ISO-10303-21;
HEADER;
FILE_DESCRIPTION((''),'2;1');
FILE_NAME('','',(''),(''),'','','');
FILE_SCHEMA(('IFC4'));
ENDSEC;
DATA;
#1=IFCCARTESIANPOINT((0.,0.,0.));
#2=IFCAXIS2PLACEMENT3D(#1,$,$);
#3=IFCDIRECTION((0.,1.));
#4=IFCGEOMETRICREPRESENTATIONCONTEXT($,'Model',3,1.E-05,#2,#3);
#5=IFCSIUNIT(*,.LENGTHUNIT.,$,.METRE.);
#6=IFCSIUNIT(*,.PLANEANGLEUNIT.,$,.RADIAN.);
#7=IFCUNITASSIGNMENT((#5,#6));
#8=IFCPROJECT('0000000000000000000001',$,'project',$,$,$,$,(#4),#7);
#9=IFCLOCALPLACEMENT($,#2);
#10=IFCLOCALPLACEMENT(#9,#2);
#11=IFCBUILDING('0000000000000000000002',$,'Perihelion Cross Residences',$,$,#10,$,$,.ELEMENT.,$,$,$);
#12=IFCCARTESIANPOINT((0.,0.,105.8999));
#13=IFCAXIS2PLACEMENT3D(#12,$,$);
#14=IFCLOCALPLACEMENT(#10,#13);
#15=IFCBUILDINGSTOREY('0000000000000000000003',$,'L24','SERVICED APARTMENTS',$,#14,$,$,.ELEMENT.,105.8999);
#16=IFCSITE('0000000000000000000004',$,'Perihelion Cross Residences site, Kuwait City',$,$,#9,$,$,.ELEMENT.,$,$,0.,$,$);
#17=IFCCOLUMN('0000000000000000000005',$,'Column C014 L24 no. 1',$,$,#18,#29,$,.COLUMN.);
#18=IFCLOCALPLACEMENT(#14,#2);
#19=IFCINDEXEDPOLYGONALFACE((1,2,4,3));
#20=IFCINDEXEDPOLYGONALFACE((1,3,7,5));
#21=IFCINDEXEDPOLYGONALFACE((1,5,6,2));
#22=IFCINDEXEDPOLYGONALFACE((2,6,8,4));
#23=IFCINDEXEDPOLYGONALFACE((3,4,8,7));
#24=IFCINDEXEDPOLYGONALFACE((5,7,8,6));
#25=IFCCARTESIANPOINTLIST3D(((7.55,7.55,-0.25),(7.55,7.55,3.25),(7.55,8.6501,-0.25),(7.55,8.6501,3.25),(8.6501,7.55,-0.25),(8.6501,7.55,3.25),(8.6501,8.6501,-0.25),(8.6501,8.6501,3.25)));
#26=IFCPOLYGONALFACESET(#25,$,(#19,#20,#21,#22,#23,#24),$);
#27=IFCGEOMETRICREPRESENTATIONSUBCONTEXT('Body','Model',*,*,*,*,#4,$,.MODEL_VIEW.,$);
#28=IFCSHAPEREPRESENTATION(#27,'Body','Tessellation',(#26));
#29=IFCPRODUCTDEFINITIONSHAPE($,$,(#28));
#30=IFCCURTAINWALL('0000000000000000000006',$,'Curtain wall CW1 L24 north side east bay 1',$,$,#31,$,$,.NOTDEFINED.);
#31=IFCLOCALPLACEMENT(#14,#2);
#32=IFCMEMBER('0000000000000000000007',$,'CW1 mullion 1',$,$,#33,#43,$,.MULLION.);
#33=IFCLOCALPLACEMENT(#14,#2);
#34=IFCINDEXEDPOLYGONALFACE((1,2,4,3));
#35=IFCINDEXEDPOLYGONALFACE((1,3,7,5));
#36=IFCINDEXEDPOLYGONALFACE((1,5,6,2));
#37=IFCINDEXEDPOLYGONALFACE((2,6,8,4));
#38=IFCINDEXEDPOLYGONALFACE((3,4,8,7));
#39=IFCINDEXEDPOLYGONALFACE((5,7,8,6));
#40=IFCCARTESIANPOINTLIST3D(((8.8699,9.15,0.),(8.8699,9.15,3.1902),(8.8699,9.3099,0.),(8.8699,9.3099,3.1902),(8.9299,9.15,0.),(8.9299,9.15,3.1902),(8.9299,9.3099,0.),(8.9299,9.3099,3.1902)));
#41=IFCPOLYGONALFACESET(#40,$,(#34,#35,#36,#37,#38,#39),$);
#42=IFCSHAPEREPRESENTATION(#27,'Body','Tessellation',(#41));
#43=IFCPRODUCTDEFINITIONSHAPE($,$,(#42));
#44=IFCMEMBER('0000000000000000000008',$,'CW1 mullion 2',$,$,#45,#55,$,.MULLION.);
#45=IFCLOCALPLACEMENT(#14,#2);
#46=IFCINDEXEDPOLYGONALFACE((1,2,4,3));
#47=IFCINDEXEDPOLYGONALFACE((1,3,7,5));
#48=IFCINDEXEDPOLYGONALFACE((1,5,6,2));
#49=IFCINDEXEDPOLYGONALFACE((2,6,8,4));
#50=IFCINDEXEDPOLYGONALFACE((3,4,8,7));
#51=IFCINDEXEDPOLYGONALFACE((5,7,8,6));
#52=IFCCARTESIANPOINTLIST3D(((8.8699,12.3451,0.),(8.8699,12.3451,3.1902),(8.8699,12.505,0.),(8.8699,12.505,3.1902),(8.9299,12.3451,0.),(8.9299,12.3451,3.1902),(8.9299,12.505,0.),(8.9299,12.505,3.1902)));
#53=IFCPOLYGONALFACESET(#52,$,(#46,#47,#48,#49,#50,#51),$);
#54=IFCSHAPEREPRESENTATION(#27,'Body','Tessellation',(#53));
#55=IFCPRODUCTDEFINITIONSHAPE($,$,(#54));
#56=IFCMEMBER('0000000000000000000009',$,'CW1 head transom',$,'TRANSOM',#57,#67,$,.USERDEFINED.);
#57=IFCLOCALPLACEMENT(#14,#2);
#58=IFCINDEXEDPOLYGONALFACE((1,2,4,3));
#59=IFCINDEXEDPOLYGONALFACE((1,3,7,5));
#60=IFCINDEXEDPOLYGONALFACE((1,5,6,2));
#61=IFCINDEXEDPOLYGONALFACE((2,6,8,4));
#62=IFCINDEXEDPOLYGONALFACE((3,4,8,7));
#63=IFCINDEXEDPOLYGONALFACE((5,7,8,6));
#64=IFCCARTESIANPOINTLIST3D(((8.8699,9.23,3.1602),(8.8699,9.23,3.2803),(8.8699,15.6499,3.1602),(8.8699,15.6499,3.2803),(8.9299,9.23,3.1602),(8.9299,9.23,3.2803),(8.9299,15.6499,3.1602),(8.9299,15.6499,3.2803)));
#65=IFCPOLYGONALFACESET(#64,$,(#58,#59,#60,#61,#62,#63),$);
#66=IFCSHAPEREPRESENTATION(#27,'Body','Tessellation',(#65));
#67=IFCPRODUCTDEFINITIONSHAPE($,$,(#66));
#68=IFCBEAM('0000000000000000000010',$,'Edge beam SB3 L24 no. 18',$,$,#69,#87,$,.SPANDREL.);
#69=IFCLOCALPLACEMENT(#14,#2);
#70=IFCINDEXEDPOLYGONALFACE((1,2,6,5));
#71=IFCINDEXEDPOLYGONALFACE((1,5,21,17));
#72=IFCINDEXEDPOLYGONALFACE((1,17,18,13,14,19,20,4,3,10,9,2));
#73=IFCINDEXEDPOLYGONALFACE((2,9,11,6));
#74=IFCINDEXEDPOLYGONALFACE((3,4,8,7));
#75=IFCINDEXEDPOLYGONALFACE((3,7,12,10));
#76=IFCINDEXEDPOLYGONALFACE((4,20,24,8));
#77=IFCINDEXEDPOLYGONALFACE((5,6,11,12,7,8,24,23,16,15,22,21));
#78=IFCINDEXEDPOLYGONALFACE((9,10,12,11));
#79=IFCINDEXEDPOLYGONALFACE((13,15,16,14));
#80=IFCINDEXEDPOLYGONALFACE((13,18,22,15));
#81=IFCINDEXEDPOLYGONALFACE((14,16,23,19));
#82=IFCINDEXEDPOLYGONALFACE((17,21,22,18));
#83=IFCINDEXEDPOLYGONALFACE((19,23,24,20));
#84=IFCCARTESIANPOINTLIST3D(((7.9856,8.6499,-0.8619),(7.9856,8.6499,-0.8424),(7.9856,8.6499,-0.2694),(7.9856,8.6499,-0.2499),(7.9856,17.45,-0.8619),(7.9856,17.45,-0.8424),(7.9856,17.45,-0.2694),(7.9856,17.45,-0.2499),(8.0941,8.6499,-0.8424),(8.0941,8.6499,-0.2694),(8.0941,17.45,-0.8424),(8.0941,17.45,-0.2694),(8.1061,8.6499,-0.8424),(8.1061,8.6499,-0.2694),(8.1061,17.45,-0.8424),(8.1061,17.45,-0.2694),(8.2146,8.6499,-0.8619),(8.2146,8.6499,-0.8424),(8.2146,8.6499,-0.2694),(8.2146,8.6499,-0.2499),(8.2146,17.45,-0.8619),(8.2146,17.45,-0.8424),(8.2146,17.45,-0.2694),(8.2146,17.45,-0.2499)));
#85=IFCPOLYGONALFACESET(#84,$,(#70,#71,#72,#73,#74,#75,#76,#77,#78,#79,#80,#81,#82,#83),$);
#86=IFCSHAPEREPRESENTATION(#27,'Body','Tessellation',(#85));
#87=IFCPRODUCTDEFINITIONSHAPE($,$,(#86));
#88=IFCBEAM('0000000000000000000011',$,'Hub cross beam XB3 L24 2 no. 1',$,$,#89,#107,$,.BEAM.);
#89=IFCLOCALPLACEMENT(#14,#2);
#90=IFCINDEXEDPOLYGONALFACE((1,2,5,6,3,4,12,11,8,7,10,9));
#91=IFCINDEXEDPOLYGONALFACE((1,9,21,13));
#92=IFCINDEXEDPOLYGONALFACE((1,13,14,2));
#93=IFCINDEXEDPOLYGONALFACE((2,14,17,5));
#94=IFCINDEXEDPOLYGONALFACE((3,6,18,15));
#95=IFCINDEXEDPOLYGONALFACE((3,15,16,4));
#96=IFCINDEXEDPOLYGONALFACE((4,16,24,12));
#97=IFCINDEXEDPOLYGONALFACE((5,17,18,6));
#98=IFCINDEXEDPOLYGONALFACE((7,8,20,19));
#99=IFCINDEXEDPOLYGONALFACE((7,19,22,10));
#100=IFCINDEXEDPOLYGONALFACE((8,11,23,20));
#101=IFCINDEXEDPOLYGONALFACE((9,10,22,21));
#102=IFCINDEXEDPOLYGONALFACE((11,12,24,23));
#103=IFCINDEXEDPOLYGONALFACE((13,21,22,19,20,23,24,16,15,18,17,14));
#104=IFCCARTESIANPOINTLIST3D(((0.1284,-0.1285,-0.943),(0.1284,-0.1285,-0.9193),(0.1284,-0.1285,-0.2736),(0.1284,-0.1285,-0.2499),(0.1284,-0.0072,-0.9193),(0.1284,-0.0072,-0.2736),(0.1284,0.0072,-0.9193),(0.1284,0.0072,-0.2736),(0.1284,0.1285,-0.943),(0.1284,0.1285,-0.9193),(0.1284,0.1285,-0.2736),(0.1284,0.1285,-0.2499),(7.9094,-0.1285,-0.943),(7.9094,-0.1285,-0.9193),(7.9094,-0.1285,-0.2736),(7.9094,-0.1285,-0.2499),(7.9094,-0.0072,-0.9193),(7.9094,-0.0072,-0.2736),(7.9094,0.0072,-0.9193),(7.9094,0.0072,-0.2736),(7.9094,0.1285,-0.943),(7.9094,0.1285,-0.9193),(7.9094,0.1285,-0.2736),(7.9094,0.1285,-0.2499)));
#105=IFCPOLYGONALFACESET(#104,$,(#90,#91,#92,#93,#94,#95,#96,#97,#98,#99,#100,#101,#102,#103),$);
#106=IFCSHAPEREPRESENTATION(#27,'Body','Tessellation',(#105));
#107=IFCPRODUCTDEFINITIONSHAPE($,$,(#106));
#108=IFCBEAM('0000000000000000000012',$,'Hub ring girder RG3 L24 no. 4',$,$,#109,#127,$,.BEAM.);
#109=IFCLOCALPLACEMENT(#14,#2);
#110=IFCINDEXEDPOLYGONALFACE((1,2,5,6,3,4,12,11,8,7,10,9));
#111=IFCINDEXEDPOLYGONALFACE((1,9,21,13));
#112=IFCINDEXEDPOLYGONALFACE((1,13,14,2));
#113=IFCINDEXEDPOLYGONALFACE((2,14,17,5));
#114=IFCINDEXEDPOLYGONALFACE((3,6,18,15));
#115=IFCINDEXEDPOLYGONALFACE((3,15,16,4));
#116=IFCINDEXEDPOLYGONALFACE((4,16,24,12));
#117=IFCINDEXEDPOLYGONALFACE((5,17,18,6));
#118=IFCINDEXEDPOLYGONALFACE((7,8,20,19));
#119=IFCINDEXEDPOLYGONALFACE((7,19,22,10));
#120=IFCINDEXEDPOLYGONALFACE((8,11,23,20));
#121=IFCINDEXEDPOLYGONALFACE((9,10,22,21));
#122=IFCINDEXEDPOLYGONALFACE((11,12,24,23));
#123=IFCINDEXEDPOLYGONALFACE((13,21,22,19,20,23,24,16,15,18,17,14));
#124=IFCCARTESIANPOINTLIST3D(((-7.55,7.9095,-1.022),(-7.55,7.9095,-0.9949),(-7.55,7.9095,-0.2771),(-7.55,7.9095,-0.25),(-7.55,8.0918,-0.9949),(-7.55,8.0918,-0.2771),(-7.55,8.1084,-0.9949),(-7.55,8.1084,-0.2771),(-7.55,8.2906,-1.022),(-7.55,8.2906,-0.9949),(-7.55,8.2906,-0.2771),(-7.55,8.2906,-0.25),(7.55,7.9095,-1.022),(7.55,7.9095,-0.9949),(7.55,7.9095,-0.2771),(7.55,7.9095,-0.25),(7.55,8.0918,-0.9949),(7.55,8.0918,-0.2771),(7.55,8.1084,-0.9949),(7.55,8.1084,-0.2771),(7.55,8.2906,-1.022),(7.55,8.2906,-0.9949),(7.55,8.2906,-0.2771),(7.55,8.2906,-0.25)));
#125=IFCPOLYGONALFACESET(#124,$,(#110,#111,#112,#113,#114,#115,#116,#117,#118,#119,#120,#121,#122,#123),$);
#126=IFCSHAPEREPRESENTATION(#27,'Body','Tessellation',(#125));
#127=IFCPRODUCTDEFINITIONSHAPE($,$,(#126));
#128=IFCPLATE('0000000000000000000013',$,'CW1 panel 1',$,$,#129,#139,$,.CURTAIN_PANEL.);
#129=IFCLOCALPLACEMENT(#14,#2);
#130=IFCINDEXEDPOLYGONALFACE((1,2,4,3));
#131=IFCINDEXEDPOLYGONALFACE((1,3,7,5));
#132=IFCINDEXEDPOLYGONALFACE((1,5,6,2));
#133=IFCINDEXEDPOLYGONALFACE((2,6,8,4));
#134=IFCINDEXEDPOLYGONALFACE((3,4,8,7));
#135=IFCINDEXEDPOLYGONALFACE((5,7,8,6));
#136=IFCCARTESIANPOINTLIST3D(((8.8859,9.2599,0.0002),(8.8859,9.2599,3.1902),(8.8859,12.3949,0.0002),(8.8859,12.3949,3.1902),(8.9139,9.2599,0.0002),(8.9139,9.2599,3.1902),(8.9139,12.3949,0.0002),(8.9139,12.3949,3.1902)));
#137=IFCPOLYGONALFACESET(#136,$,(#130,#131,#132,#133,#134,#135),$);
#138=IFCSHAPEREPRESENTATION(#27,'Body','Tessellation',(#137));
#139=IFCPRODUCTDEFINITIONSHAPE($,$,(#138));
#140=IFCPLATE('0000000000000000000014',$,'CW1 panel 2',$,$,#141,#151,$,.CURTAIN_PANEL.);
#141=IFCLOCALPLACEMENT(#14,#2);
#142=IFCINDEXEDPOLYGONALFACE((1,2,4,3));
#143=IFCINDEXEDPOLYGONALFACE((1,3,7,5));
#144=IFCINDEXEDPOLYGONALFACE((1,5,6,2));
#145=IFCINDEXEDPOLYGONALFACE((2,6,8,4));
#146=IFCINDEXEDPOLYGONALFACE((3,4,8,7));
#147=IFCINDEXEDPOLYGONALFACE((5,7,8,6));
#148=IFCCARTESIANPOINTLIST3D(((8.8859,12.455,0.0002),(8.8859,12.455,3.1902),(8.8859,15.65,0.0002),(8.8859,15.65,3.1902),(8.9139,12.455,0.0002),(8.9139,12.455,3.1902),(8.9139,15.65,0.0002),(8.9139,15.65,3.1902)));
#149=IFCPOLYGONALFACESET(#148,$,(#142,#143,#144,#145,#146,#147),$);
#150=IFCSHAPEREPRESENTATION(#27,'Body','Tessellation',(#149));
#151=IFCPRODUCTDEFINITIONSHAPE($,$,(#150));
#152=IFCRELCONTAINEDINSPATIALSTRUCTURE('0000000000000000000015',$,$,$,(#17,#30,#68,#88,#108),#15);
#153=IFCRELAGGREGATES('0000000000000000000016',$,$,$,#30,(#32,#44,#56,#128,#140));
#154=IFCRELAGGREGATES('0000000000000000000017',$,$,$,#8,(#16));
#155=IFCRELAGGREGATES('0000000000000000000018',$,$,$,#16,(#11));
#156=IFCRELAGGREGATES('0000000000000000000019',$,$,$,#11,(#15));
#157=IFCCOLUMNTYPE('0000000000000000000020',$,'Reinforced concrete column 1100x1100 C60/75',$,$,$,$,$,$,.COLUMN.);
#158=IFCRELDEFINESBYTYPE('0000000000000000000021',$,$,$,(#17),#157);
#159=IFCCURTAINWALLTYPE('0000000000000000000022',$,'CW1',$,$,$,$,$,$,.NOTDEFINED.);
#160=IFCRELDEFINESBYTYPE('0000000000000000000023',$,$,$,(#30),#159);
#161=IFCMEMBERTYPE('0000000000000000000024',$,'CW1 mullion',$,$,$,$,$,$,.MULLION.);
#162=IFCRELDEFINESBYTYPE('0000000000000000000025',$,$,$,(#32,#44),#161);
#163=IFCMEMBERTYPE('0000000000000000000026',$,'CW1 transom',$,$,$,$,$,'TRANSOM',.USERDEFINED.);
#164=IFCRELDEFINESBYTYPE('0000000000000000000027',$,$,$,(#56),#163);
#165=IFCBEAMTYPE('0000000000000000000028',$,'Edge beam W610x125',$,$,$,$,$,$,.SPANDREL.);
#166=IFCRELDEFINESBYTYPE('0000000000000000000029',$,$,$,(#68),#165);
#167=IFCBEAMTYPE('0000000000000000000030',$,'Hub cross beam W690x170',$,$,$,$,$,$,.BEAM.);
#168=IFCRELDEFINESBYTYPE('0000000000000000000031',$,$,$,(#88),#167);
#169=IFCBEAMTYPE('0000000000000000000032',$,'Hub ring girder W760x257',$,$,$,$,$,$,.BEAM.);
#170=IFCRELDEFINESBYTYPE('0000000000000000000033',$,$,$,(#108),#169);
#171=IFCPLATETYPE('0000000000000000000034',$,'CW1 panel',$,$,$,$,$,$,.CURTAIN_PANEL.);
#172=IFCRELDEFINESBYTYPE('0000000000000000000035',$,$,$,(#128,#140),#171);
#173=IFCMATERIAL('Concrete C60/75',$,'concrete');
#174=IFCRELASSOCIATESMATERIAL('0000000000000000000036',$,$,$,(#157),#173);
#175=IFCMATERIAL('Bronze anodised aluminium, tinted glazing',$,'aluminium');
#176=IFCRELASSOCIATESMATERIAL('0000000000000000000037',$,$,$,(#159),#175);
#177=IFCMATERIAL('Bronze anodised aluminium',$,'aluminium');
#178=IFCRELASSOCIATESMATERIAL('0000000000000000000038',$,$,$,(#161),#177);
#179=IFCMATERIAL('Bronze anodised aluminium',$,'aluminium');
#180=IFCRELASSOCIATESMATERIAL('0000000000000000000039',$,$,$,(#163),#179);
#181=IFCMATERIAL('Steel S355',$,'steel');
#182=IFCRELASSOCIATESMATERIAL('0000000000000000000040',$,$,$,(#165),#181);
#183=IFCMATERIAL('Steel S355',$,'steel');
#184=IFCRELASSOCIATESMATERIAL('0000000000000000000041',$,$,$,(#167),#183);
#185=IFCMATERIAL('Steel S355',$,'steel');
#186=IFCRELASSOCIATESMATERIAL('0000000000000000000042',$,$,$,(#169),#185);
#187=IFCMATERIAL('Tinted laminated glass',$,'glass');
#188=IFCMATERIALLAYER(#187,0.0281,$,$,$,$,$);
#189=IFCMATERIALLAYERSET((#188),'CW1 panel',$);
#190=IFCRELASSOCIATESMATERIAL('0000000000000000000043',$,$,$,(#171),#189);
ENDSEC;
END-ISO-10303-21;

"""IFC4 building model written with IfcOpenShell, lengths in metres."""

from ifc_helpers import new_model, si_unit, direction, frame, origin, origin_2d, place, context, subcontext, project, spatial, rectangle, i_section, extrude, material, layer, layer_set, material_profile, profile_set, type_object, element, aggregate, save


model = new_model("IFC4")

# Units and contexts
model_context = context("Model", 3, precision=1e-05, world=origin(), true_north=direction((0.0, 1.0)))
body_context = subcontext(model_context, "Body", "Model", "MODEL_VIEW")
ifc_project = project(units=[si_unit("LENGTHUNIT", "METRE"), si_unit("PLANEANGLEUNIT", "RADIAN")], contexts=[model_context])

# Site, building, storey
site_placement = place(None, origin())
site = spatial("IfcSite", under=ifc_project, at=site_placement, Name="Perihelion Cross Residences site, Kuwait City", CompositionType="ELEMENT", RefElevation=0.0)
building_placement = place(site_placement, origin())
building = spatial("IfcBuilding", under=site, at=building_placement, Name="Perihelion Cross Residences", CompositionType="ELEMENT")
storey_placement = place(building_placement, frame((0.0, 0.0, 105.8999)))
storey = spatial("IfcBuildingStorey", under=building, at=storey_placement, Name="L24", Description="SERVICED APARTMENTS", CompositionType="ELEMENT", Elevation=105.8999)

# Column
ifc_material_1 = material(Name="Concrete C60/75", Category="concrete")
ifc_material_profile_1 = material_profile(ifc_material_1, rectangle(XDim=1.1001, YDim=1.1001, at=origin_2d()), Name="RC 1100x1100")
ifc_profile_set_1 = profile_set([ifc_material_profile_1], Name="Concrete C60/75")
column_type = type_object("IfcColumnType", Name="Reinforced concrete column 1100x1100 C60/75", PredefinedType="COLUMN", material=ifc_profile_set_1)
column_placement = place(storey_placement, frame((8.1001, 8.1001, -0.25), z_axis=(0.0, 0.0, 1.0), x_axis=(1.0, 0.0, 0.0)))
element("IfcColumn", 1, at=column_placement, inside=storey, type_object=column_type, Name="Column C014 L24 no. 1", PredefinedType="COLUMN", context=body_context, shape_type="SweptSolid", body=[
    extrude(rectangle(XDim=1.1001, YDim=1.1001, at=origin_2d()), origin(), (0.0, 0.0, 1.0), 3.5),
])

# Curtain wall, members
ifc_material_2 = material(Name="Bronze anodised aluminium, tinted glazing", Category="aluminium")
curtain_wall_type = type_object("IfcCurtainWallType", Name="CW1", PredefinedType="NOTDEFINED", material=ifc_material_2)
curtain_wall_placement = place(storey_placement, origin())
curtain_wall = element("IfcCurtainWall", 2, at=curtain_wall_placement, inside=storey, type_object=curtain_wall_type, Name="Curtain wall CW1 L24 north side east bay 1", PredefinedType="NOTDEFINED")
ifc_material_3 = material(Name="Bronze anodised aluminium", Category="aluminium")
ifc_material_profile_2 = material_profile(ifc_material_3, rectangle(XDim=0.0601, YDim=0.1599, at=origin_2d()), Name="CW1 mullion")
ifc_profile_set_2 = profile_set([ifc_material_profile_2], Name="Bronze anodised aluminium")
member_type_1 = type_object("IfcMemberType", Name="CW1 mullion", PredefinedType="MULLION", material=ifc_profile_set_2)
member_1_placement = place(storey_placement, frame((8.8999, 9.23, 0.0), z_axis=(0.0, 0.0, 1.0), x_axis=(-1.0, 0.0, 0.0)))
member_1 = element("IfcMember", 3, at=member_1_placement, type_object=member_type_1, Name="CW1 mullion 1", PredefinedType="MULLION", context=body_context, shape_type="SweptSolid", body=[
    extrude(rectangle(XDim=0.0601, YDim=0.1599, at=origin_2d()), origin(), (0.0, 0.0, 1.0), 3.1902),
])
member_2_placement = place(storey_placement, frame((8.8999, 12.425, 0.0), z_axis=(0.0, 0.0, 1.0), x_axis=(-1.0, 0.0, 0.0)))
member_2 = element("IfcMember", 4, at=member_2_placement, type_object=member_type_1, Name="CW1 mullion 2", PredefinedType="MULLION", context=body_context, shape_type="SweptSolid", body=[
    extrude(rectangle(XDim=0.0601, YDim=0.1599, at=origin_2d()), origin(), (0.0, 0.0, 1.0), 3.1902),
])
ifc_material_4 = material(Name="Bronze anodised aluminium", Category="aluminium")
ifc_material_profile_3 = material_profile(ifc_material_4, rectangle(XDim=0.0601, YDim=0.1201, at=origin_2d()), Name="CW1 transom")
ifc_profile_set_3 = profile_set([ifc_material_profile_3], Name="Bronze anodised aluminium")
member_type_2 = type_object("IfcMemberType", Name="CW1 transom", ElementType="TRANSOM", PredefinedType="USERDEFINED", material=ifc_profile_set_3)
member_3_placement = place(storey_placement, frame((8.8999, 9.23, 3.2202), z_axis=(0.0, 1.0, 0.0), x_axis=(-1.0, 0.0, 0.0)))
member_3 = element("IfcMember", 5, at=member_3_placement, type_object=member_type_2, Name="CW1 head transom", ObjectType="TRANSOM", PredefinedType="USERDEFINED", context=body_context, shape_type="SweptSolid", body=[
    extrude(rectangle(XDim=0.0601, YDim=0.1201, at=origin_2d()), origin(), (0.0, 0.0, 1.0), 6.4199),
])

# Beams
ifc_material_5 = material(Name="Steel S355", Category="steel")
ifc_material_profile_4 = material_profile(ifc_material_5, i_section(OverallWidth=0.229, OverallDepth=0.6121, WebThickness=0.012, FlangeThickness=0.0195, at=origin_2d()), Name="W610x125")
ifc_profile_set_4 = profile_set([ifc_material_profile_4], Name="Steel S355")
beam_type_1 = type_object("IfcBeamType", Name="Edge beam W610x125", PredefinedType="SPANDREL", material=ifc_profile_set_4)
beam_1_placement = place(storey_placement, frame((8.1001, 8.6499, -0.5559), z_axis=(0.0, 1.0, 0.0), x_axis=(-1.0, 0.0, 0.0)))
element("IfcBeam", 6, at=beam_1_placement, inside=storey, type_object=beam_type_1, Name="Edge beam SB3 L24 no. 18", PredefinedType="SPANDREL", context=body_context, shape_type="SweptSolid", body=[
    extrude(i_section(OverallWidth=0.229, OverallDepth=0.6121, WebThickness=0.012, FlangeThickness=0.0195, at=origin_2d()), origin(), (0.0, 0.0, 1.0), 8.8),
])
ifc_material_6 = material(Name="Steel S355", Category="steel")
ifc_material_profile_5 = material_profile(ifc_material_6, i_section(OverallWidth=0.2571, OverallDepth=0.6931, WebThickness=0.0144, FlangeThickness=0.0237, at=origin_2d()), Name="W690x170")
ifc_profile_set_5 = profile_set([ifc_material_profile_5], Name="Steel S355")
beam_type_2 = type_object("IfcBeamType", Name="Hub cross beam W690x170", PredefinedType="BEAM", material=ifc_profile_set_5)
beam_2_placement = place(storey_placement, frame((0.1284, 0.0, -0.5964), z_axis=(1.0, 0.0, 0.0), x_axis=(0.0, 1.0, 0.0)))
element("IfcBeam", 7, at=beam_2_placement, inside=storey, type_object=beam_type_2, Name="Hub cross beam XB3 L24 2 no. 1", PredefinedType="BEAM", context=body_context, shape_type="SweptSolid", body=[
    extrude(i_section(OverallWidth=0.2571, OverallDepth=0.6931, WebThickness=0.0144, FlangeThickness=0.0237, at=origin_2d()), origin(), (0.0, 0.0, 1.0), 7.781),
])
ifc_material_7 = material(Name="Steel S355", Category="steel")
ifc_material_profile_6 = material_profile(ifc_material_7, i_section(OverallWidth=0.3811, OverallDepth=0.772, WebThickness=0.0166, FlangeThickness=0.0271, at=origin_2d()), Name="W760x257")
ifc_profile_set_6 = profile_set([ifc_material_profile_6], Name="Steel S355")
beam_type_3 = type_object("IfcBeamType", Name="Hub ring girder W760x257", PredefinedType="BEAM", material=ifc_profile_set_6)
beam_3_placement = place(storey_placement, frame((7.55, 8.1001, -0.636), z_axis=(-1.0, 0.0, 0.0), x_axis=(0.0, -1.0, 0.0)))
element("IfcBeam", 8, at=beam_3_placement, inside=storey, type_object=beam_type_3, Name="Hub ring girder RG3 L24 no. 4", PredefinedType="BEAM", context=body_context, shape_type="SweptSolid", body=[
    extrude(i_section(OverallWidth=0.3811, OverallDepth=0.772, WebThickness=0.0166, FlangeThickness=0.0271, at=origin_2d()), origin(), (0.0, 0.0, 1.0), 15.1001),
])

# Plates
ifc_material_8 = material(Name="Tinted laminated glass", Category="glass")
ifc_layer_1 = layer(ifc_material_8, 0.0281)
ifc_layer_set_1 = layer_set([ifc_layer_1], Name="CW1 panel")
plate_type = type_object("IfcPlateType", Name="CW1 panel", PredefinedType="CURTAIN_PANEL", material=ifc_layer_set_1)
plate_1_placement = place(storey_placement, frame((8.8999, 10.8274, 0.0002), z_axis=(0.0, 0.0, 1.0), x_axis=(0.0, 1.0, 0.0)))
plate_1 = element("IfcPlate", 9, at=plate_1_placement, type_object=plate_type, Name="CW1 panel 1", PredefinedType="CURTAIN_PANEL", context=body_context, shape_type="SweptSolid", body=[
    extrude(rectangle(XDim=3.135, YDim=0.0281, at=origin_2d()), origin(), (0.0, 0.0, 1.0), 3.1899),
])
plate_2_placement = place(storey_placement, frame((8.8999, 14.0525, 0.0002), z_axis=(0.0, 0.0, 1.0), x_axis=(0.0, 1.0, 0.0)))
plate_2 = element("IfcPlate", 10, at=plate_2_placement, type_object=plate_type, Name="CW1 panel 2", PredefinedType="CURTAIN_PANEL", context=body_context, shape_type="SweptSolid", body=[
    extrude(rectangle(XDim=3.1951, YDim=0.0281, at=origin_2d()), origin(), (0.0, 0.0, 1.0), 3.1899),
])
aggregate(curtain_wall, [member_1, member_2, member_3, plate_1, plate_2])

save(model, "model.ifc")
